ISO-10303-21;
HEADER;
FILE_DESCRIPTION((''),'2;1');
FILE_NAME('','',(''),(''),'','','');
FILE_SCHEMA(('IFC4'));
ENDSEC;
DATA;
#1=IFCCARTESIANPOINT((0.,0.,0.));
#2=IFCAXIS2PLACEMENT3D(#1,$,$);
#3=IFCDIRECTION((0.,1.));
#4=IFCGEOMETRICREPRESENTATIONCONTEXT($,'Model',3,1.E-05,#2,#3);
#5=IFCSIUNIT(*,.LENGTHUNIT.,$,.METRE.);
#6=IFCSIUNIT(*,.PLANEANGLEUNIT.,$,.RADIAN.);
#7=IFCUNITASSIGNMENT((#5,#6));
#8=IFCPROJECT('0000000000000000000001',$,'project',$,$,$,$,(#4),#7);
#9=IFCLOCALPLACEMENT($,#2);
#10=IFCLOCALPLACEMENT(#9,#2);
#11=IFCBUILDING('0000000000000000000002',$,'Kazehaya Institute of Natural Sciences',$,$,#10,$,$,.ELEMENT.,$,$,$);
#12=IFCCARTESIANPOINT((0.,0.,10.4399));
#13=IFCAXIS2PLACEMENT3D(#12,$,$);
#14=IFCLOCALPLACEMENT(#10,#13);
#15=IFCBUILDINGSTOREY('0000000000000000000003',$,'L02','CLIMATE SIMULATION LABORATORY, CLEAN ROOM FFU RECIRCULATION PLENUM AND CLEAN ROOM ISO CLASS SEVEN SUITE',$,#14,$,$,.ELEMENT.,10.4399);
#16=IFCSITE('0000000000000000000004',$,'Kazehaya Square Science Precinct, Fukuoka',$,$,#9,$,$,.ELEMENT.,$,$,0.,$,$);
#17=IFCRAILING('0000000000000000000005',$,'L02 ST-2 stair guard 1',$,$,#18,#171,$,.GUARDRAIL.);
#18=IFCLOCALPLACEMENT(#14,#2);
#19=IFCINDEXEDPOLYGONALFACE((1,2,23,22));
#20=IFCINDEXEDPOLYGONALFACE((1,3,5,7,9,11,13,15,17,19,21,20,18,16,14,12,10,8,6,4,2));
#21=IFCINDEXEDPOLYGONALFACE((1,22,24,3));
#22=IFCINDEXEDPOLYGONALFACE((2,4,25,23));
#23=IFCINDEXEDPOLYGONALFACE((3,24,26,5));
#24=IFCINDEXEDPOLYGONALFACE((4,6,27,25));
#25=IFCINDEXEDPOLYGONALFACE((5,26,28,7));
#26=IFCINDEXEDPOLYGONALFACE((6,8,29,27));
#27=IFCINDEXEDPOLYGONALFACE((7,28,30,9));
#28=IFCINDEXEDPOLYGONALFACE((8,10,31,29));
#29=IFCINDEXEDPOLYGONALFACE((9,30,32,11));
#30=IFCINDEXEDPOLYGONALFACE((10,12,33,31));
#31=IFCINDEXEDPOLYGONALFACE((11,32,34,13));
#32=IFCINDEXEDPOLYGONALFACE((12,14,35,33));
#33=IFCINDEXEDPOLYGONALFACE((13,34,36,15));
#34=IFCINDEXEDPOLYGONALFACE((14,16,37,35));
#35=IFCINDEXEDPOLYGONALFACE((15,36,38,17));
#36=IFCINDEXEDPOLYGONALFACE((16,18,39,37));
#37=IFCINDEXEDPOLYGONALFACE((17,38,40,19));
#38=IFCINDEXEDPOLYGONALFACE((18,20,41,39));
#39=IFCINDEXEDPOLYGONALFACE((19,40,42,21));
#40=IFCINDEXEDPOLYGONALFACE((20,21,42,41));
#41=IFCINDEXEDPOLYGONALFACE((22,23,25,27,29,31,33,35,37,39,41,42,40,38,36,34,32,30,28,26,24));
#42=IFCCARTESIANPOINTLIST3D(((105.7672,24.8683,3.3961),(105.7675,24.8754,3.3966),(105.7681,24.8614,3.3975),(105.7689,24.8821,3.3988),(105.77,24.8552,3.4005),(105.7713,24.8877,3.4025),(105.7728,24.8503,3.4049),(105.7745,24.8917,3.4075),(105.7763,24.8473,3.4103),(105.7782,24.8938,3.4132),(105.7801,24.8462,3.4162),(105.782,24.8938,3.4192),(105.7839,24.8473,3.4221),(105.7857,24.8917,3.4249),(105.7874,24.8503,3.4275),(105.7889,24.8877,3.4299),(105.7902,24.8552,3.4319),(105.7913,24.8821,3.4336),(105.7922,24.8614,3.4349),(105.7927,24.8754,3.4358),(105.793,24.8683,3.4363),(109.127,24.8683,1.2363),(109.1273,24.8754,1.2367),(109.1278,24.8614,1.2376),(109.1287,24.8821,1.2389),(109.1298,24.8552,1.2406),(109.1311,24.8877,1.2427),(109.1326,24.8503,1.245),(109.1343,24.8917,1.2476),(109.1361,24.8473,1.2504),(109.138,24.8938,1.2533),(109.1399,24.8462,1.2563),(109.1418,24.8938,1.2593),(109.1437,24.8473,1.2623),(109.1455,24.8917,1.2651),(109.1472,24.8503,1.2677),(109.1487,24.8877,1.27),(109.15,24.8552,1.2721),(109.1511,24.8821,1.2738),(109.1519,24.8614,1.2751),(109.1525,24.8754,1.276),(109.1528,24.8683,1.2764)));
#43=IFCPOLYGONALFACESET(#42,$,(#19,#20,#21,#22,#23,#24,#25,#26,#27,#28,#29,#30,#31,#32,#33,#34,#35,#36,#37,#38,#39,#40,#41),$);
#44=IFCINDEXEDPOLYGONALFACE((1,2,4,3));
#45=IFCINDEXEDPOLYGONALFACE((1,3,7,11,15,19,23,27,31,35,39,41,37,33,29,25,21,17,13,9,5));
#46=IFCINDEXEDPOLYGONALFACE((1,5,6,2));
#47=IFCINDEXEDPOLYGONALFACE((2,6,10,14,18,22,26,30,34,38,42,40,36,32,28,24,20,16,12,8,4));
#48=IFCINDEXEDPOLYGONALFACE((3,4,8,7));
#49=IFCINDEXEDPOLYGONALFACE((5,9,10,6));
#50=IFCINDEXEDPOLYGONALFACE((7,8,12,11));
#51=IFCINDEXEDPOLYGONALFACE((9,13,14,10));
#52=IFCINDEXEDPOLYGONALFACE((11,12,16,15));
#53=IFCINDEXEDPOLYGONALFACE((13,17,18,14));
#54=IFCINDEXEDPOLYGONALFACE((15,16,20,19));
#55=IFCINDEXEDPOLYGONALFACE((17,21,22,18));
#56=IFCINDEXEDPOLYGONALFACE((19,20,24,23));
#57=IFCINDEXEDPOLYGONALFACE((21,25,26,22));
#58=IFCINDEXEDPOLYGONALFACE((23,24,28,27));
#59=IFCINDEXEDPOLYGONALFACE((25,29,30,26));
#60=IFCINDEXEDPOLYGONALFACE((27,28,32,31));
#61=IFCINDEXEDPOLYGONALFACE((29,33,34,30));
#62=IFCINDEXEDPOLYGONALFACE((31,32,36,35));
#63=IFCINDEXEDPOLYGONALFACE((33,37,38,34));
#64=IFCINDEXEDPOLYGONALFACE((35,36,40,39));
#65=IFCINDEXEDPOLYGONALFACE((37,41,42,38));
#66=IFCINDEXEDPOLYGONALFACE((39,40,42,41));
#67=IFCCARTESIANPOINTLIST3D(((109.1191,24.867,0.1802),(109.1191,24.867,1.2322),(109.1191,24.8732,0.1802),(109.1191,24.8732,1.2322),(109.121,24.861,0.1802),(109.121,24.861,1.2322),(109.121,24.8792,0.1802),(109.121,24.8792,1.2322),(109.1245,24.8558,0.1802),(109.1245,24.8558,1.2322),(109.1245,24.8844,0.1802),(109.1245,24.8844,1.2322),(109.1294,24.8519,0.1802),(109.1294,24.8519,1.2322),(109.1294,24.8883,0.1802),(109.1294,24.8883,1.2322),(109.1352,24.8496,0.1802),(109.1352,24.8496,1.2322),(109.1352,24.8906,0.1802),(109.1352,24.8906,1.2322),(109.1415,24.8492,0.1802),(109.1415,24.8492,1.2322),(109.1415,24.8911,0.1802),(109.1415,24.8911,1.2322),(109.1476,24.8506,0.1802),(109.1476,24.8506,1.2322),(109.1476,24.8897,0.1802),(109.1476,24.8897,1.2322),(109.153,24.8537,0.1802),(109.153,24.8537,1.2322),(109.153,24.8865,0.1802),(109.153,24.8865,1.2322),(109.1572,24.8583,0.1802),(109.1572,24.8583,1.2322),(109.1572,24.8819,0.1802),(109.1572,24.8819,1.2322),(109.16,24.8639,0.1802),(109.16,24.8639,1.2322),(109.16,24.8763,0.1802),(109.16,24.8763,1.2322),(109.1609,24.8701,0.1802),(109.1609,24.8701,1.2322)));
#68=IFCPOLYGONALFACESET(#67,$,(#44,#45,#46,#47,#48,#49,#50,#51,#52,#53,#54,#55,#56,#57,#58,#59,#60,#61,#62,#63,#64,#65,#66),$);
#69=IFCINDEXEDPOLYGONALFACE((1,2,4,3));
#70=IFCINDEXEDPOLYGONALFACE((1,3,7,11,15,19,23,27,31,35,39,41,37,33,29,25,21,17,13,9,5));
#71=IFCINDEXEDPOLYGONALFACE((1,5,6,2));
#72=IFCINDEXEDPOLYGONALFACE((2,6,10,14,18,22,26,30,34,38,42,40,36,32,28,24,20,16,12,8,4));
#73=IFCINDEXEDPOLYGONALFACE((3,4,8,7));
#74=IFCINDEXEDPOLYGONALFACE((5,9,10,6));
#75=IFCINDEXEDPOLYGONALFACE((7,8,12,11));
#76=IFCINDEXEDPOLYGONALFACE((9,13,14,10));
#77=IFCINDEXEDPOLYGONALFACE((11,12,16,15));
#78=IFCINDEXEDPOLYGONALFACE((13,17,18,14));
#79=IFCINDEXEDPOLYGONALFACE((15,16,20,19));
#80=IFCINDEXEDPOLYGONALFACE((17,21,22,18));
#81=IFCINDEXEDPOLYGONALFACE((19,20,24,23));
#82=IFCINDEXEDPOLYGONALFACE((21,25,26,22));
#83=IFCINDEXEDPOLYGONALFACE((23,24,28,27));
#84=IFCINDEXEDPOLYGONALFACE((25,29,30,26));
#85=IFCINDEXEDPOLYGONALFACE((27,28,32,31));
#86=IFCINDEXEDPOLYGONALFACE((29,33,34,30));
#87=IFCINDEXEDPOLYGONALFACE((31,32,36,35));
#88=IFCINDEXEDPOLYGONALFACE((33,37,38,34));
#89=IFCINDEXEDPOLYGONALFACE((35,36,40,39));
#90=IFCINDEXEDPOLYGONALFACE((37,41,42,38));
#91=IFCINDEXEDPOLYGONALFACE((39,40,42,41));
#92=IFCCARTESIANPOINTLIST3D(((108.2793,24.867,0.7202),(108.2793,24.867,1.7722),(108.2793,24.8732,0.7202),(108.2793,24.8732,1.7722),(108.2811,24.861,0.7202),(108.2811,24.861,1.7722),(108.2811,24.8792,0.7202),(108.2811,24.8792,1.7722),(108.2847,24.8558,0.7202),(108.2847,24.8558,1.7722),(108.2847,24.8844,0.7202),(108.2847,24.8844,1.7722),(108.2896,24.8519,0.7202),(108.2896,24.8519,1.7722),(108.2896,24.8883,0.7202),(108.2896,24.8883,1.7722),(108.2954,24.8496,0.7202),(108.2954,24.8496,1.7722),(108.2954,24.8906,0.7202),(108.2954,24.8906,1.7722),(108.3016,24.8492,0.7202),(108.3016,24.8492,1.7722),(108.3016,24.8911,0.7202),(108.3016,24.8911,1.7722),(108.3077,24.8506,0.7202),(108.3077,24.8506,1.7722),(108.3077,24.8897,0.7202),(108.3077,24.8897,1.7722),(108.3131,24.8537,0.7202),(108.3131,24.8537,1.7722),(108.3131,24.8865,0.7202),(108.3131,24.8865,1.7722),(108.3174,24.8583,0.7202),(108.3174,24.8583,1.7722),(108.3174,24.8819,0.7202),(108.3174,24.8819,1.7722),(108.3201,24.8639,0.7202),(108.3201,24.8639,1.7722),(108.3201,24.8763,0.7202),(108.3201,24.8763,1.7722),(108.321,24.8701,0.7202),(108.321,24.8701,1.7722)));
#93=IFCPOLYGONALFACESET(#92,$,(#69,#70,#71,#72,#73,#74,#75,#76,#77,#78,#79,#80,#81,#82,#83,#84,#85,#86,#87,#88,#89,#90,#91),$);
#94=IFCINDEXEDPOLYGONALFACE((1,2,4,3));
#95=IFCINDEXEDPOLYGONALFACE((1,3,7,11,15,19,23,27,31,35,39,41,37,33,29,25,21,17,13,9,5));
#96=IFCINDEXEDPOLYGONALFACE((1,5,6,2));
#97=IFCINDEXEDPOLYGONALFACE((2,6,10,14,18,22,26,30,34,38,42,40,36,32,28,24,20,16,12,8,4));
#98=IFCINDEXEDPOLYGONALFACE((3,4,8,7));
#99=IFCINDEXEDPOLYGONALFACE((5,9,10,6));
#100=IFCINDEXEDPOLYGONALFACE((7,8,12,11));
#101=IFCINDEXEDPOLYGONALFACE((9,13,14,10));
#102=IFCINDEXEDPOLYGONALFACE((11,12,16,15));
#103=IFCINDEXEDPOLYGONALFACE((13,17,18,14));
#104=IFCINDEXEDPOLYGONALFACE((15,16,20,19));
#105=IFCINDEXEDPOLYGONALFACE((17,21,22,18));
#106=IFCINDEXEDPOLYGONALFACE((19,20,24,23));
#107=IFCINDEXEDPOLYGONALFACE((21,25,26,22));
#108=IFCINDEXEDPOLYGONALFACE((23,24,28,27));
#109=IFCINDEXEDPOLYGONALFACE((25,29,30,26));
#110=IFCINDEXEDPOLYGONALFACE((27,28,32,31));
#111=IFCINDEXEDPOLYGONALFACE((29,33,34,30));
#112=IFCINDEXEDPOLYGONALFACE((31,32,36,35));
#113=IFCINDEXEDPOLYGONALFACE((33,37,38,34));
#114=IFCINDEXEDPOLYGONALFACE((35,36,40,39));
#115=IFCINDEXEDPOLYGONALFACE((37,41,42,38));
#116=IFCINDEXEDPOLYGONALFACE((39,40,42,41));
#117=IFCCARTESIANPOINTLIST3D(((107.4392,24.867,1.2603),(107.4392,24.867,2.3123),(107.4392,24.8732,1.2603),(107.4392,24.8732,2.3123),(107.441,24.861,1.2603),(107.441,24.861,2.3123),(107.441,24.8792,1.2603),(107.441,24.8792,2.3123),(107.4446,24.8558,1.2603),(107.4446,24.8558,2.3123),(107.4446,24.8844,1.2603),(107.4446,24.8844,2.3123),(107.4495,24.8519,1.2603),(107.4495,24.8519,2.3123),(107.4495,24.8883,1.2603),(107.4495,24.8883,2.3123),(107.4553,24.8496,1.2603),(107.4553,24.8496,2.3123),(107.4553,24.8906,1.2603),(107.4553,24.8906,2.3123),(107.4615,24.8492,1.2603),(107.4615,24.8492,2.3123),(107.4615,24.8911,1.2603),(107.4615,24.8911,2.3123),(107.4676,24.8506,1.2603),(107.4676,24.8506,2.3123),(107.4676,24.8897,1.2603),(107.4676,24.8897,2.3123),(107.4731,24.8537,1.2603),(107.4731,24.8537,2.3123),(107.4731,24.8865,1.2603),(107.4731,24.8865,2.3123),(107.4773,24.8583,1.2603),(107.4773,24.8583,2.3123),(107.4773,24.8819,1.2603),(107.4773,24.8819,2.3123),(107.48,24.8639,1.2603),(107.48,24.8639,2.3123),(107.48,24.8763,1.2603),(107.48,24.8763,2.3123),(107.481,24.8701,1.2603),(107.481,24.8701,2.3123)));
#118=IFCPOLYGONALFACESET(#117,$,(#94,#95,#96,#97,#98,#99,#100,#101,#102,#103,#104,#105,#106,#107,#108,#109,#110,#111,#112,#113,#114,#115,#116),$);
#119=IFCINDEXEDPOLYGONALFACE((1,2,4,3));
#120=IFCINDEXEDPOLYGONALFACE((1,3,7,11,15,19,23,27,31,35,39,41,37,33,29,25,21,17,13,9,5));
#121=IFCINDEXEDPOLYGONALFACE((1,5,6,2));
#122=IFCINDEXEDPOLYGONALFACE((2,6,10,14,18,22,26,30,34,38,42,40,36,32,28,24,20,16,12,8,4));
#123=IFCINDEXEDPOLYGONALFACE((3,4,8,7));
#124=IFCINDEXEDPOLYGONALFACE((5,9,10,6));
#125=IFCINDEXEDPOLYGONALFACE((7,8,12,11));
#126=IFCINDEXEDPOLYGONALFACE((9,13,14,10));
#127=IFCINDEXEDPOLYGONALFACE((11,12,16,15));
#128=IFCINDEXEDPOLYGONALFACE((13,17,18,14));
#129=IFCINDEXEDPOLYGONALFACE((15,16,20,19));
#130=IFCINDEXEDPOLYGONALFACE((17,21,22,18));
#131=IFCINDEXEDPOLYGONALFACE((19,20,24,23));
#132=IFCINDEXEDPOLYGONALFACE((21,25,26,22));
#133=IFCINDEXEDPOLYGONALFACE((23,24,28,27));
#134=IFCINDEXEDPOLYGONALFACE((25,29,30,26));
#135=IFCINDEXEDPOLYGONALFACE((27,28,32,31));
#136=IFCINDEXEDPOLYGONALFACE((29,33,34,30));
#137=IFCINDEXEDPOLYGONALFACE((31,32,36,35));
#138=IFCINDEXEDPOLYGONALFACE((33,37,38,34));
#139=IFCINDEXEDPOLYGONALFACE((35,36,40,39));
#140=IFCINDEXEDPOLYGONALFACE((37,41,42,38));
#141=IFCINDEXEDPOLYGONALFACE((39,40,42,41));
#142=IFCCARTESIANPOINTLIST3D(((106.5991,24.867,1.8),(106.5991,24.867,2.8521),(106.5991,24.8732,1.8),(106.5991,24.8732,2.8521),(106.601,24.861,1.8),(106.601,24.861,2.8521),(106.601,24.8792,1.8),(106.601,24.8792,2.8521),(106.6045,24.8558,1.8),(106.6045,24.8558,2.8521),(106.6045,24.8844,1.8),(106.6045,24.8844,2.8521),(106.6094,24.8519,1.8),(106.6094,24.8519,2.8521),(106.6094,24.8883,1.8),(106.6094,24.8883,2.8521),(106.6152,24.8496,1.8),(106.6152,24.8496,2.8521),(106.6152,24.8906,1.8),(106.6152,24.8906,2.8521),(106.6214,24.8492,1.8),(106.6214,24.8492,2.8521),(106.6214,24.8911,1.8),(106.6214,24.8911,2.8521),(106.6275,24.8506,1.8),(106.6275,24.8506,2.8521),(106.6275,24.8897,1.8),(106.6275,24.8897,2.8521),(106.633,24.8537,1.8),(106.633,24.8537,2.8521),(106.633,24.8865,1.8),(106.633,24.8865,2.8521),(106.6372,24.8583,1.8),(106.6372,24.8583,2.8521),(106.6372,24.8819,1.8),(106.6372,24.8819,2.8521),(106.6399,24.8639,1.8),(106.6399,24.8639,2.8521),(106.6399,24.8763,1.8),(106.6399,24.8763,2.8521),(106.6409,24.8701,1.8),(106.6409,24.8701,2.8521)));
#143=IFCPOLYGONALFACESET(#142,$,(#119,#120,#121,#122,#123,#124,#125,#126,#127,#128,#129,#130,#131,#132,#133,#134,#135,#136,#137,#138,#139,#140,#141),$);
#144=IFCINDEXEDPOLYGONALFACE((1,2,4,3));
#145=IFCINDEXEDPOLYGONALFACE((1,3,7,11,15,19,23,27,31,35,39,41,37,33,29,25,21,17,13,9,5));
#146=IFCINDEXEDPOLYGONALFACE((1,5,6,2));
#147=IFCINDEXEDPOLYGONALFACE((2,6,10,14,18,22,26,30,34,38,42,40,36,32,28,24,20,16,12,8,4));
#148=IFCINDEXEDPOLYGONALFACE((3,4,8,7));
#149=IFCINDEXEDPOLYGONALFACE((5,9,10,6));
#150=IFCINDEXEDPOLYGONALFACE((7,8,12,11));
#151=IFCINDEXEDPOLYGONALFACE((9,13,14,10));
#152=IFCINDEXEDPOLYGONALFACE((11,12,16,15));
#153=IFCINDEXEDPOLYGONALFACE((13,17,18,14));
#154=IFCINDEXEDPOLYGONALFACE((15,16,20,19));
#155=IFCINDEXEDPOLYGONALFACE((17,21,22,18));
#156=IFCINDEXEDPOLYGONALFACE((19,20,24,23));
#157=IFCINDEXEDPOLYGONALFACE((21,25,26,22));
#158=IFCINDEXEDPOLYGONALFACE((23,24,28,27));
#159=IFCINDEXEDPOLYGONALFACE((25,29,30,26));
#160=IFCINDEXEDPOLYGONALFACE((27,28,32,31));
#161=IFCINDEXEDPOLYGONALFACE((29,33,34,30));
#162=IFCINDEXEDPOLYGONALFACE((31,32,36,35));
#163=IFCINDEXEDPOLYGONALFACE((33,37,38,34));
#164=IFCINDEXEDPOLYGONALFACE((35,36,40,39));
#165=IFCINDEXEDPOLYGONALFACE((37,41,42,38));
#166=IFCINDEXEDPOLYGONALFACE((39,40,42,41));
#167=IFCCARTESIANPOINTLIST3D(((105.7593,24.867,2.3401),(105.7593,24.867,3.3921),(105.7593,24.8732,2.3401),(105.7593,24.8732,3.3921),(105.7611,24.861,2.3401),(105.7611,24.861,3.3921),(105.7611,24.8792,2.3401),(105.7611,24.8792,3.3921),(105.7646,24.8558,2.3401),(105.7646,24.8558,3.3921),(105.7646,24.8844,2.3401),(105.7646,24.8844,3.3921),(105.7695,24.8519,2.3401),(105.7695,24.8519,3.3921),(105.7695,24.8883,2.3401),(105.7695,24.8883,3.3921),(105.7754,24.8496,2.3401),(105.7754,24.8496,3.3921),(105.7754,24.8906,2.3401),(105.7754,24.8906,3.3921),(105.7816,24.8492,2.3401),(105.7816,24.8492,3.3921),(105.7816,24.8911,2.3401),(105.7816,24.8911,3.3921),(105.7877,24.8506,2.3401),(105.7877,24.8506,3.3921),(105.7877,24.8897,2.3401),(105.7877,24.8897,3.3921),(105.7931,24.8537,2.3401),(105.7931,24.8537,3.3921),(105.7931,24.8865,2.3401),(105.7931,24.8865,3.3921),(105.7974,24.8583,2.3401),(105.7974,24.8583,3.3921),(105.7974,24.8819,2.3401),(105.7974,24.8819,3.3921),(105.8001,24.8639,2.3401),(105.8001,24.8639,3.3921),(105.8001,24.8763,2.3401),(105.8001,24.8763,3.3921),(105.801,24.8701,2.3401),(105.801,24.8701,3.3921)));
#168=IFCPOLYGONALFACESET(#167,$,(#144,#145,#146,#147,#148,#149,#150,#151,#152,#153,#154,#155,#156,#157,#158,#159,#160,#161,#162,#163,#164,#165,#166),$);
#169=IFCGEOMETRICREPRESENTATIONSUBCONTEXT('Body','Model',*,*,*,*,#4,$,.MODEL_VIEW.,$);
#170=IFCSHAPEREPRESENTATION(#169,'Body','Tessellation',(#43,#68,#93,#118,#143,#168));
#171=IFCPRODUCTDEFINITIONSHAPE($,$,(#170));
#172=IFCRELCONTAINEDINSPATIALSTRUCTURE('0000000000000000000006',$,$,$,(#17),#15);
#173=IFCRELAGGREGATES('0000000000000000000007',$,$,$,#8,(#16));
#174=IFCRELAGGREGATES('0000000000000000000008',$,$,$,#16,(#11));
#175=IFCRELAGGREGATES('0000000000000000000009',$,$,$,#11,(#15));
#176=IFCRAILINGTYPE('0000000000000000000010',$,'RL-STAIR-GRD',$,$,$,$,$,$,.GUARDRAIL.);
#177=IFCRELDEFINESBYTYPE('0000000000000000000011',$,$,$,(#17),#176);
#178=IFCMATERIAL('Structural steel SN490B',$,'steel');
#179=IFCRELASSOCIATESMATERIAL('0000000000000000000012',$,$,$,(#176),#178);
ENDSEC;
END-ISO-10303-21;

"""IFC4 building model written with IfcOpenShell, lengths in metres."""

from ifc_helpers import new_model, si_unit, direction, frame, origin, origin_2d, place, context, subcontext, project, spatial, circle, extrude, material, type_object, element, save


model = new_model("IFC4")

# Units and contexts
model_context = context("Model", 3, precision=1e-05, world=origin(), true_north=direction((0.0, 1.0)))
body_context = subcontext(model_context, "Body", "Model", "MODEL_VIEW")
ifc_project = project(units=[si_unit("LENGTHUNIT", "METRE"), si_unit("PLANEANGLEUNIT", "RADIAN")], contexts=[model_context])

# Site, building, storey
site_placement = place(None, origin())
site = spatial("IfcSite", under=ifc_project, at=site_placement, Name="Kazehaya Square Science Precinct, Fukuoka", CompositionType="ELEMENT", RefElevation=0.0)
building_placement = place(site_placement, origin())
building = spatial("IfcBuilding", under=site, at=building_placement, Name="Kazehaya Institute of Natural Sciences", CompositionType="ELEMENT")
storey_placement = place(building_placement, frame((0.0, 0.0, 10.4399)))
storey = spatial("IfcBuildingStorey", under=building, at=storey_placement, Name="L02", Description="CLIMATE SIMULATION LABORATORY, CLEAN ROOM FFU RECIRCULATION PLENUM AND CLEAN ROOM ISO CLASS SEVEN SUITE", CompositionType="ELEMENT", Elevation=10.4399)

# Railing
ifc_material_1 = material(Name="Structural steel SN490B", Category="steel")
railing_type_1 = type_object("IfcRailingType", Name="RL-STAIR-GRD", PredefinedType="GUARDRAIL", material=ifc_material_1)
railing_1_placement = place(storey_placement, frame((109.1399, 24.8701, 0.1802)))
element("IfcRailing", 1, at=railing_1_placement, inside=storey, type_object=railing_type_1, Name="L02 ST-2 stair guard 1", PredefinedType="GUARDRAIL", context=body_context, shape_type="SweptSolid", body=[
    extrude(circle(Radius=0.0239, at=origin_2d()), frame((0.0, 0.0, 1.0762), z_axis=(-0.841178, 0.0, 0.540758), x_axis=(0.0, -1.0, 0.0)), (0.0, 0.0, 1.0), 3.9941),
    extrude(circle(Radius=0.021, at=origin_2d()), origin(), (0.0, 0.0, 1.0), 1.052),
    extrude(circle(Radius=0.021, at=origin_2d()), frame((-0.8398, 0.0, 0.54)), (0.0, 0.0, 1.0), 1.052),
    extrude(circle(Radius=0.021, at=origin_2d()), frame((-1.6799, 0.0, 1.0801)), (0.0, 0.0, 1.0), 1.052),
    extrude(circle(Radius=0.021, at=origin_2d()), frame((-2.52, 0.0, 1.6199)), (0.0, 0.0, 1.0), 1.052),
    extrude(circle(Radius=0.021, at=origin_2d()), frame((-3.3599, 0.0, 2.1599)), (0.0, 0.0, 1.0), 1.052),
])

save(model, "model.ifc")
